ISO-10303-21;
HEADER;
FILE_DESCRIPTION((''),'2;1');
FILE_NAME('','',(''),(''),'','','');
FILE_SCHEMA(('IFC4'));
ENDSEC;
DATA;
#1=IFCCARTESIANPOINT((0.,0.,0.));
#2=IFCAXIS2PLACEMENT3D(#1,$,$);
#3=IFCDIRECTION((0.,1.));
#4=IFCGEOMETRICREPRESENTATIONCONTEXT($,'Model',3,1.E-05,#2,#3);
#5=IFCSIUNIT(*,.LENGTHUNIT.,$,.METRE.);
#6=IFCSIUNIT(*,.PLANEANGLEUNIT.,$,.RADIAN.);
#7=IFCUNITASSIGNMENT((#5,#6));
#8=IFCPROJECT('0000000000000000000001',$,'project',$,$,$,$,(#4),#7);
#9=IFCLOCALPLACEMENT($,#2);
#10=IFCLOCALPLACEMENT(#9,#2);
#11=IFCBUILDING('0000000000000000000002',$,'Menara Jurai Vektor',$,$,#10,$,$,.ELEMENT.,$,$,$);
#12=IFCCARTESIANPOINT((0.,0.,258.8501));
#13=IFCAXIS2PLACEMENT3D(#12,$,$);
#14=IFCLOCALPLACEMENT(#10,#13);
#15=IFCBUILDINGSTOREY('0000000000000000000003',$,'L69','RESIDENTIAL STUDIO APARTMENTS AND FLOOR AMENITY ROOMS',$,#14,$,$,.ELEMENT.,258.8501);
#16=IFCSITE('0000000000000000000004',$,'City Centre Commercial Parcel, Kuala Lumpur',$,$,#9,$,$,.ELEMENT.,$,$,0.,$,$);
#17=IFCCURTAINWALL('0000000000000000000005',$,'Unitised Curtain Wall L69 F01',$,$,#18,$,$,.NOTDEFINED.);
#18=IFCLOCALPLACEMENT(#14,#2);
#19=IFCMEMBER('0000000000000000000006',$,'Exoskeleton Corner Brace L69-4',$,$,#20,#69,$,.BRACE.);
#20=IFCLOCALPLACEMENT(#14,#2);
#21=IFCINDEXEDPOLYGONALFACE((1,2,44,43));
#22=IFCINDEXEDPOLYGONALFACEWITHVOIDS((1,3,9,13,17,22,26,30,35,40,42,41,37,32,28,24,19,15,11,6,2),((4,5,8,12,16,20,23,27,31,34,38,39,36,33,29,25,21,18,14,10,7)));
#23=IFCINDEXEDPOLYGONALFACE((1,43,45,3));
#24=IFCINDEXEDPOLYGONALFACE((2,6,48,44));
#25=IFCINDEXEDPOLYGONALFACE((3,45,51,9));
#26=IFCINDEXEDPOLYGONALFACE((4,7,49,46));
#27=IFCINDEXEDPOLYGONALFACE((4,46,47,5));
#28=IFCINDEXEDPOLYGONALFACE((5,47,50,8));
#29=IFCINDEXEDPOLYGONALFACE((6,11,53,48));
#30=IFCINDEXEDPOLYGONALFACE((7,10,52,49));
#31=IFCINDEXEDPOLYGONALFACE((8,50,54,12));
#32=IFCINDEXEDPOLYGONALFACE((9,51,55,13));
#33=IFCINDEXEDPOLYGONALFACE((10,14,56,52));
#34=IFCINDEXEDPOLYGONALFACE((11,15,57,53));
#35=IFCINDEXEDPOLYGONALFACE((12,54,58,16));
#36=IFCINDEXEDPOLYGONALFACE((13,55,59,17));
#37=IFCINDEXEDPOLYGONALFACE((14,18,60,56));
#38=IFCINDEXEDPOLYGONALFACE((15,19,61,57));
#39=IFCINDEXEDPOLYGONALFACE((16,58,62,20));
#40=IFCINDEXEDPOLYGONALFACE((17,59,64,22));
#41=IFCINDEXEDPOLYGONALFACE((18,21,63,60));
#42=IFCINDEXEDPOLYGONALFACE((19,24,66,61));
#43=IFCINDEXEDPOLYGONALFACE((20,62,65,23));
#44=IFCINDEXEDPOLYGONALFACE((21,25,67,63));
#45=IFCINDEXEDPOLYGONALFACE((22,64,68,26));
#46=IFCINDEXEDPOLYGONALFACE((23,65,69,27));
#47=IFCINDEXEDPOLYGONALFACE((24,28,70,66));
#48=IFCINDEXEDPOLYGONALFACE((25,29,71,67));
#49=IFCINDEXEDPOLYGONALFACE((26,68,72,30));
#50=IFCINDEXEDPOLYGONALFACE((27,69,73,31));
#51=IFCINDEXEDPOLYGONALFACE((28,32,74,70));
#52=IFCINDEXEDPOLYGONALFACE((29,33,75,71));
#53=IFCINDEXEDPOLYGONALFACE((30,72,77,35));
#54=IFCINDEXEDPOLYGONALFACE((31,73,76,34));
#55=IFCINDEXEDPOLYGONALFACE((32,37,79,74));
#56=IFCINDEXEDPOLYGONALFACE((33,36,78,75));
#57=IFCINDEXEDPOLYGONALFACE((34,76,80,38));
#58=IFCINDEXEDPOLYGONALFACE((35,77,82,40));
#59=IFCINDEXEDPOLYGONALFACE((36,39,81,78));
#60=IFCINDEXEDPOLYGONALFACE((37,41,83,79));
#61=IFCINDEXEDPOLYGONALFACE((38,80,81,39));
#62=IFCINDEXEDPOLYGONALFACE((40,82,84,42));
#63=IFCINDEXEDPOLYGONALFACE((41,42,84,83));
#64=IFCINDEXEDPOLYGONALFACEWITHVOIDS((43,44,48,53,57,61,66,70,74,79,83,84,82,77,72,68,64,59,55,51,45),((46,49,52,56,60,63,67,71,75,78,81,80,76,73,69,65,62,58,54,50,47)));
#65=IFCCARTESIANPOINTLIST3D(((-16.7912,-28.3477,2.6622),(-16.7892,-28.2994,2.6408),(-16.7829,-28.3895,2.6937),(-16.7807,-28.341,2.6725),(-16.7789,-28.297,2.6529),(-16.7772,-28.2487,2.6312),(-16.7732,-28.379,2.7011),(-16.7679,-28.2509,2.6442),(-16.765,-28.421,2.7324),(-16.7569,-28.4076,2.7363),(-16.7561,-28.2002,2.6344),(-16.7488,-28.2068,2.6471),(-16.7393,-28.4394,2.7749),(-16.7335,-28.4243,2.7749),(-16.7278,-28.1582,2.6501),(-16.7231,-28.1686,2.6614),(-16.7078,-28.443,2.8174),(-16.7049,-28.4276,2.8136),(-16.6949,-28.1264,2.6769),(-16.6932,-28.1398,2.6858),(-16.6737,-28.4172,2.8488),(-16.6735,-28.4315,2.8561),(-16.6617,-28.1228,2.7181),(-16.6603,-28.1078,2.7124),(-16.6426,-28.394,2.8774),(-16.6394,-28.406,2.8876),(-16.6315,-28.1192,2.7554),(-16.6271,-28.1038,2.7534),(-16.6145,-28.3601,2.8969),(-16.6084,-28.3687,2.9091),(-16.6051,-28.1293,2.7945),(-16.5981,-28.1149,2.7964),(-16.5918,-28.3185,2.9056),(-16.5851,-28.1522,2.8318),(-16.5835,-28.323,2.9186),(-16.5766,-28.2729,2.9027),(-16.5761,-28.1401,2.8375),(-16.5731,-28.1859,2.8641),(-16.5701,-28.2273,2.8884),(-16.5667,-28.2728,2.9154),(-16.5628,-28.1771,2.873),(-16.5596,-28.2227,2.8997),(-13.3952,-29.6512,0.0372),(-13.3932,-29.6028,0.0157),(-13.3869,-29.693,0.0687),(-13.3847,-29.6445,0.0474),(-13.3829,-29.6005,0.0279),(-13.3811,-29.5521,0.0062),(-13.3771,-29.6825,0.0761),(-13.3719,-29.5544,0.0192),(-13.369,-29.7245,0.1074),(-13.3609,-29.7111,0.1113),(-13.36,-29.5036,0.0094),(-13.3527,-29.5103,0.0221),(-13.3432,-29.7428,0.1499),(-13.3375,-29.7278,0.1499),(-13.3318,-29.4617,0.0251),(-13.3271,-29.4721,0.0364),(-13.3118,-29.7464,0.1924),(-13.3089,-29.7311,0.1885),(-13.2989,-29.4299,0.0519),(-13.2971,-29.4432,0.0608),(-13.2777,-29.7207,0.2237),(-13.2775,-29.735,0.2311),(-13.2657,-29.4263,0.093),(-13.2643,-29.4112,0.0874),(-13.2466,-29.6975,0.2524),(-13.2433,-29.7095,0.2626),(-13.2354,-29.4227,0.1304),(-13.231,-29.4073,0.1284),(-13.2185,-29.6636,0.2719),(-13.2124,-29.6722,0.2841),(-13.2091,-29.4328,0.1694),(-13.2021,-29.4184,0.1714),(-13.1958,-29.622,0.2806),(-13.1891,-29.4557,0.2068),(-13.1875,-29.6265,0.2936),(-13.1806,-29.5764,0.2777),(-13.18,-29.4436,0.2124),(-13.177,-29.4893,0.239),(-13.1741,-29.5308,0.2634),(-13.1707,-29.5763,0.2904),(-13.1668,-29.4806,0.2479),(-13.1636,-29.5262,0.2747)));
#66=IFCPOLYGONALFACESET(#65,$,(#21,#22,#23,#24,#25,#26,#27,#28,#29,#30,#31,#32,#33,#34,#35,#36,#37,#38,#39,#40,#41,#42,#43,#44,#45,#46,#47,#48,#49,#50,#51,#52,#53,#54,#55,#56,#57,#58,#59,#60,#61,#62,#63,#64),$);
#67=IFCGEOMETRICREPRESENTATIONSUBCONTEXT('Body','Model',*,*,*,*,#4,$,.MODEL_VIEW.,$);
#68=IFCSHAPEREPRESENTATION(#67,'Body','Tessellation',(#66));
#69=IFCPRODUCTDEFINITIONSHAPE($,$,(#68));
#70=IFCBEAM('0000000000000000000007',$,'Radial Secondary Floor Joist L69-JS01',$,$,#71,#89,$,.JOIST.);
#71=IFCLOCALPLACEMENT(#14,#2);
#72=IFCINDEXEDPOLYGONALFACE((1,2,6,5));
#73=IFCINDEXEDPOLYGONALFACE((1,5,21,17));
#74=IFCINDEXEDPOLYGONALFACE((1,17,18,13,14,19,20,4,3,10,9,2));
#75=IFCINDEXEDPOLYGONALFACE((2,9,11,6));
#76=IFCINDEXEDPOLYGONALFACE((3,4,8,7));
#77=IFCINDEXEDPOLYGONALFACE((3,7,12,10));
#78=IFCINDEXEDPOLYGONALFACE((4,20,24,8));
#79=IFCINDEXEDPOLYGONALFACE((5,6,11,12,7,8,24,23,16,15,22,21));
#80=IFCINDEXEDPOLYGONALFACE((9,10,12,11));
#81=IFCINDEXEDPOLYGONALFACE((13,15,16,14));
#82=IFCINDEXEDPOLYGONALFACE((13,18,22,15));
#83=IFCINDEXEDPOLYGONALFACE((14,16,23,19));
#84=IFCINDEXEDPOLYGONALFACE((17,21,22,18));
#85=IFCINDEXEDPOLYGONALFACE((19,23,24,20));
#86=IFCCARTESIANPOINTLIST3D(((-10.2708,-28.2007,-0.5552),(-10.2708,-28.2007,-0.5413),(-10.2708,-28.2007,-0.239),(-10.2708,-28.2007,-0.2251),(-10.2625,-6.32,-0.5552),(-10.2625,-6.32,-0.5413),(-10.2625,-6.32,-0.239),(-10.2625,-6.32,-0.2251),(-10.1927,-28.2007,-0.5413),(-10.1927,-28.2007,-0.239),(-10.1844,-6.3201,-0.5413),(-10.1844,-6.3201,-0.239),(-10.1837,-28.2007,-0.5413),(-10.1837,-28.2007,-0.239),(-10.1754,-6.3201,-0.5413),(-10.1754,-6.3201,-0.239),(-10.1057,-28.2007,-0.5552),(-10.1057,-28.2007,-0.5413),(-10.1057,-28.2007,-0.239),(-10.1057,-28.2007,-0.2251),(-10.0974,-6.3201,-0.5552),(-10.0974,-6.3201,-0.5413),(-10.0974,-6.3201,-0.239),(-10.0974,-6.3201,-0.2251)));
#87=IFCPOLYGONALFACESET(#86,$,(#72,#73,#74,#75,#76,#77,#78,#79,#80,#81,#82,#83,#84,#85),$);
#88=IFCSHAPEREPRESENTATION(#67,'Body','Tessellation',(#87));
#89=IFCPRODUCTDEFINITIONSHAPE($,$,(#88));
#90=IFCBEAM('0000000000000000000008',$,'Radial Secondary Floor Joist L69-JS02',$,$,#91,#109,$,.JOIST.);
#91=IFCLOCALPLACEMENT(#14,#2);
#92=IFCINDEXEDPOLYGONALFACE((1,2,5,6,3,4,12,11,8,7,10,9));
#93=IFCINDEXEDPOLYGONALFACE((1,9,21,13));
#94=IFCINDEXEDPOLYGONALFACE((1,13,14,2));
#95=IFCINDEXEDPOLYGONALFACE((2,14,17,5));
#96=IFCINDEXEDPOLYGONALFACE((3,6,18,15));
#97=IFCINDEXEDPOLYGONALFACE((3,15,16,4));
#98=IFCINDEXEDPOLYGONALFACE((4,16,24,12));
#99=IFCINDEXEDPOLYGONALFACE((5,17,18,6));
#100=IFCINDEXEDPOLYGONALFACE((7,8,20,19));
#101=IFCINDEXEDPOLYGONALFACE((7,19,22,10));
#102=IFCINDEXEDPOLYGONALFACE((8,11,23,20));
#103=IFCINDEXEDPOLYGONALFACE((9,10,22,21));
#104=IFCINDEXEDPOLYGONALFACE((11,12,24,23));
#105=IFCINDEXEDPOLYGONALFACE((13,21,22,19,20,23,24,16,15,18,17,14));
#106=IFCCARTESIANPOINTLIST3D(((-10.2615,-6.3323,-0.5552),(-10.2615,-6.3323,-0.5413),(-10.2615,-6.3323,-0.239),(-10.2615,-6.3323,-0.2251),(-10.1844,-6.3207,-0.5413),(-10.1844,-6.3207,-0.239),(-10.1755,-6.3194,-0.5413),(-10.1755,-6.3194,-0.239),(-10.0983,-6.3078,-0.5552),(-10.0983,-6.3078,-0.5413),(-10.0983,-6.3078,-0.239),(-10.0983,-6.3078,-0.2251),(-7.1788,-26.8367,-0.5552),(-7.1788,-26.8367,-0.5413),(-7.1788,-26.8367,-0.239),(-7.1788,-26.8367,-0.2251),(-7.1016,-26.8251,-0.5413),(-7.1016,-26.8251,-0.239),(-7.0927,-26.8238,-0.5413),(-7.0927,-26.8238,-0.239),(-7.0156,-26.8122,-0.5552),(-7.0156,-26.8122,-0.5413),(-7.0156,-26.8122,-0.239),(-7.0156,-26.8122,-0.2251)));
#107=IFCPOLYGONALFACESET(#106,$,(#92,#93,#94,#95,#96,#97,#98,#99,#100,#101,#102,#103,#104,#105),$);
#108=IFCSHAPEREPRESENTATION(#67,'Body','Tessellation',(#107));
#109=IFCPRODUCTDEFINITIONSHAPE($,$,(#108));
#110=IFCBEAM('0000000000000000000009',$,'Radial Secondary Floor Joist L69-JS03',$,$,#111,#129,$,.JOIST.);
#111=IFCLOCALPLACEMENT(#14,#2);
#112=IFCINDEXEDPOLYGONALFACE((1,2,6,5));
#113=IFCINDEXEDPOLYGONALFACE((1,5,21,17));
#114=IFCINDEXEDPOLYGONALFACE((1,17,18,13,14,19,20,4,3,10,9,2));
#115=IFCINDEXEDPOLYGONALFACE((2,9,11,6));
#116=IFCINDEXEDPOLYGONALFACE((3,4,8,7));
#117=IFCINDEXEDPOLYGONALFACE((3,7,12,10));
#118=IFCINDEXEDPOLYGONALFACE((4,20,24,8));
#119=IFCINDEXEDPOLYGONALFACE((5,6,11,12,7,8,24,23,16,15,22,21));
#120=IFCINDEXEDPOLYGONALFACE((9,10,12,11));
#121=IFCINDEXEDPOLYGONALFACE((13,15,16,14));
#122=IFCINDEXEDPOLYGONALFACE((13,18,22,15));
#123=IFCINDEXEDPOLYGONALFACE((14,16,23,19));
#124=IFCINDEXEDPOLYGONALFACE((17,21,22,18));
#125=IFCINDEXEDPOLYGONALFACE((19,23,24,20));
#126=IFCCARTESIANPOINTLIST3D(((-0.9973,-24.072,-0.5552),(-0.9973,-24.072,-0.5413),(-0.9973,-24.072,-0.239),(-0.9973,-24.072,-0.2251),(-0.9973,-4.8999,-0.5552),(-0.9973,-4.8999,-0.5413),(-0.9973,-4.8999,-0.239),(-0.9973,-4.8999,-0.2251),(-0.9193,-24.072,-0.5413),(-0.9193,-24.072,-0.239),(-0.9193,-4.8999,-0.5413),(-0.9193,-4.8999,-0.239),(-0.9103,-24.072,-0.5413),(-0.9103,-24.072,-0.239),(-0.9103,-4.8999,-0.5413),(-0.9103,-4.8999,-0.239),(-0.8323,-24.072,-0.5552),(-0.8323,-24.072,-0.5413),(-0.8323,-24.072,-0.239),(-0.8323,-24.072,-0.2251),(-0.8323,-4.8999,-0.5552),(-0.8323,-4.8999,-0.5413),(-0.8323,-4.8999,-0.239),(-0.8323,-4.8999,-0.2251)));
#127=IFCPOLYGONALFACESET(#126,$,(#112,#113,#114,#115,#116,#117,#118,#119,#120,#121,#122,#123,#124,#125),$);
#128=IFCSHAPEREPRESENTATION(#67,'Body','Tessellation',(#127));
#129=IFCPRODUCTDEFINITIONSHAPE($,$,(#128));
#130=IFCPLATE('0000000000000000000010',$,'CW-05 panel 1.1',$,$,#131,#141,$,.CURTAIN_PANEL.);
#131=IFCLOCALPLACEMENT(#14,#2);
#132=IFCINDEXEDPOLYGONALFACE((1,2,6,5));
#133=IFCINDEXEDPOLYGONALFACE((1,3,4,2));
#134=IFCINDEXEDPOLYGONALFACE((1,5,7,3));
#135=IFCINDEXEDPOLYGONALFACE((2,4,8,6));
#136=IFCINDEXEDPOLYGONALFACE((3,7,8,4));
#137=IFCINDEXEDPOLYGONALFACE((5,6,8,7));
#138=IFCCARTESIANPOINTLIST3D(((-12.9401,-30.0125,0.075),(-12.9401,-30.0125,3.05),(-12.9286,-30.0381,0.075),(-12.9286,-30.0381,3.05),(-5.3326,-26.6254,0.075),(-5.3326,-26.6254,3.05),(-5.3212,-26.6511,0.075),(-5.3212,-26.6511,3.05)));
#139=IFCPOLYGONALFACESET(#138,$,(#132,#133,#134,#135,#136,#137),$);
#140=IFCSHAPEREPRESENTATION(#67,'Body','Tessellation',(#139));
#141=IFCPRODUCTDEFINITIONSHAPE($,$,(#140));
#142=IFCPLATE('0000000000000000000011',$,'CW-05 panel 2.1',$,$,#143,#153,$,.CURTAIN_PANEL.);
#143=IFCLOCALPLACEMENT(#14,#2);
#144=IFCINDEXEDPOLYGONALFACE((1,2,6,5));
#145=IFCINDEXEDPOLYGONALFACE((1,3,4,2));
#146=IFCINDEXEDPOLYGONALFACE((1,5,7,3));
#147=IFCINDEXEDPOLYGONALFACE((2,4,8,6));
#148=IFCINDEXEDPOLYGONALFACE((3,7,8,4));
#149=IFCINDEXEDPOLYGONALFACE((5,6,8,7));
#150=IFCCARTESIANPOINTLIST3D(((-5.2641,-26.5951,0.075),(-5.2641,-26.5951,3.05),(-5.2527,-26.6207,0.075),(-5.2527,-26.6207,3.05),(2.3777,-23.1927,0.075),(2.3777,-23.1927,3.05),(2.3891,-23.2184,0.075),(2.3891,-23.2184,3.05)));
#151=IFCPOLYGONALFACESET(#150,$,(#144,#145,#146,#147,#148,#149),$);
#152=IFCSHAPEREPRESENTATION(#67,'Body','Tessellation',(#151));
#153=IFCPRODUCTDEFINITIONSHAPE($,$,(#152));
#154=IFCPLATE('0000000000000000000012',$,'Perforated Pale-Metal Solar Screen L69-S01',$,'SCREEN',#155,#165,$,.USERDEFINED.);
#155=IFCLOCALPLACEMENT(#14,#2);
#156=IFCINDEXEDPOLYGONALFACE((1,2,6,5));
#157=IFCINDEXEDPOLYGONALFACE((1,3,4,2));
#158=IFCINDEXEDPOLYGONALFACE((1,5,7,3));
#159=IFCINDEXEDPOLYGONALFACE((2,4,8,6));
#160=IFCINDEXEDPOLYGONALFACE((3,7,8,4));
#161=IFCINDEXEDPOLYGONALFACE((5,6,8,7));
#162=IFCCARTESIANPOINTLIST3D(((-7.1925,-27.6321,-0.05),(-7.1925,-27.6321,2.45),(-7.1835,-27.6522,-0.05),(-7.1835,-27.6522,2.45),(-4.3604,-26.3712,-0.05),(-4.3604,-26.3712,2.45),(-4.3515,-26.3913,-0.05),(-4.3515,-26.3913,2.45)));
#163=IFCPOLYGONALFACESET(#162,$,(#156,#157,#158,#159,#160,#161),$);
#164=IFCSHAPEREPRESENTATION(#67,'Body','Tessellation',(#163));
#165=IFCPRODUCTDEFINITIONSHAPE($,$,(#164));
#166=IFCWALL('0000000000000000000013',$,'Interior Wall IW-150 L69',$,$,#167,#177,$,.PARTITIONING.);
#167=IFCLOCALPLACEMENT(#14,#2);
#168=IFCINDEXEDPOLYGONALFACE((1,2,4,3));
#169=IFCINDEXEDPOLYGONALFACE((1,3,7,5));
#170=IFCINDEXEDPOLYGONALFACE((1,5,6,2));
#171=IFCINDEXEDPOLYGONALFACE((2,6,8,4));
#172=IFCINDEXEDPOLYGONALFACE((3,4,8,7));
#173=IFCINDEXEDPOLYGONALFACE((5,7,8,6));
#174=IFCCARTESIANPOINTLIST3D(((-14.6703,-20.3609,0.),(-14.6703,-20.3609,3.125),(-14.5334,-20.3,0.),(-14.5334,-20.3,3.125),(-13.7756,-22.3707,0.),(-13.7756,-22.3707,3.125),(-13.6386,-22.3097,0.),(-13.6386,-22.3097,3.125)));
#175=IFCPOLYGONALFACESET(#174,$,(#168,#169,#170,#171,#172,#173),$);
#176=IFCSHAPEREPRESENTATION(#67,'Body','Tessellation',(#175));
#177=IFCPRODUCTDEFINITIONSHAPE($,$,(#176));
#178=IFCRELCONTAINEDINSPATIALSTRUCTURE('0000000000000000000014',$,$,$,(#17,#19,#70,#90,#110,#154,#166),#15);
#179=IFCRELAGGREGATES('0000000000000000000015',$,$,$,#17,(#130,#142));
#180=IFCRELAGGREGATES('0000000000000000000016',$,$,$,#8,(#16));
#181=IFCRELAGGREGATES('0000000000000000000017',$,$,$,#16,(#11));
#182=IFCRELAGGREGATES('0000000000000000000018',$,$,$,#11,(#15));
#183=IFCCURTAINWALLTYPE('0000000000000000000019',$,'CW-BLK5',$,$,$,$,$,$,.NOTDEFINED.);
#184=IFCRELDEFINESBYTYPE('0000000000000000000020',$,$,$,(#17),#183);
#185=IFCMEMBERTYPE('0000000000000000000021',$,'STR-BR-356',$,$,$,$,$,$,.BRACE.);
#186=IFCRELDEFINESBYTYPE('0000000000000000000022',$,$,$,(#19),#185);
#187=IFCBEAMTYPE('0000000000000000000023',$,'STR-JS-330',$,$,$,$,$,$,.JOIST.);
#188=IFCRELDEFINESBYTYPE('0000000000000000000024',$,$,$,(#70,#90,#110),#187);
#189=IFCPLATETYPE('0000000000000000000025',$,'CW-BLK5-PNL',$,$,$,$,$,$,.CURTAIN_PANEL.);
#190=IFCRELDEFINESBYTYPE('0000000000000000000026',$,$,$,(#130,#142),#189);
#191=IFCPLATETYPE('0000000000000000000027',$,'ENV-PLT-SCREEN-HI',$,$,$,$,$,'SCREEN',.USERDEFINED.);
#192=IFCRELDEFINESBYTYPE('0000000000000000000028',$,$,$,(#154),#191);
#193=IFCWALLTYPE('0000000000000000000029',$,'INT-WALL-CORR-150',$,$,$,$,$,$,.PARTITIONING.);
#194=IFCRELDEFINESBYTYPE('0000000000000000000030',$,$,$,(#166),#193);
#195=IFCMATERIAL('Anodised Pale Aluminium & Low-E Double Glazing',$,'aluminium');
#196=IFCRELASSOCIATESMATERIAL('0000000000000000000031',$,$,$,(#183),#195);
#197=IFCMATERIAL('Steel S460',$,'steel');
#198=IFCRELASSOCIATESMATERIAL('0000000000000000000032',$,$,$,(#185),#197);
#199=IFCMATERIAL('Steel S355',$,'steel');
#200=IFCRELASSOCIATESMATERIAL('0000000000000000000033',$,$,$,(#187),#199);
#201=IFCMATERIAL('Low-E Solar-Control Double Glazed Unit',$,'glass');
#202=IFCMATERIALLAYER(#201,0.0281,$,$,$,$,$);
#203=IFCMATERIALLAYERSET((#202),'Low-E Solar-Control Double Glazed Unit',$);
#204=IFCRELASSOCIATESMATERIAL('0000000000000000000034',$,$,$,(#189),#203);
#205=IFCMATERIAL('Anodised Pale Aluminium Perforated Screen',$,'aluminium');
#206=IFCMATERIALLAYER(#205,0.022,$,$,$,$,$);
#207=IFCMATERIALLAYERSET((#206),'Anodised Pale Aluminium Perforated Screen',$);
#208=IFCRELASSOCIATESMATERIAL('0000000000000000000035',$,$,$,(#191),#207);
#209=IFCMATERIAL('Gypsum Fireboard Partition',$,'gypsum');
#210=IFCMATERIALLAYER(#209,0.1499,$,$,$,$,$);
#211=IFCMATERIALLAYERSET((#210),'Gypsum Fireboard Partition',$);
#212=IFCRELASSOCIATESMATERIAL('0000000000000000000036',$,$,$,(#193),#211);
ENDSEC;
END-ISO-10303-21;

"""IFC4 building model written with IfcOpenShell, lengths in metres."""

from ifc_helpers import new_model, si_unit, direction, frame, frame_2d, origin, origin_2d, place, context, subcontext, project, spatial, rectangle, hollow_circle, i_section, extrude, material, layer, layer_set, material_profile, profile_set, type_object, element, aggregate, save


model = new_model("IFC4")

# Units and contexts
model_context = context("Model", 3, precision=1e-05, world=origin(), true_north=direction((0.0, 1.0)))
body_context = subcontext(model_context, "Body", "Model", "MODEL_VIEW")
ifc_project = project(units=[si_unit("LENGTHUNIT", "METRE"), si_unit("PLANEANGLEUNIT", "RADIAN")], contexts=[model_context])

# Site, building, storey
site_placement = place(None, origin())
site = spatial("IfcSite", under=ifc_project, at=site_placement, Name="City Centre Commercial Parcel, Kuala Lumpur", CompositionType="ELEMENT", RefElevation=0.0)
building_placement = place(site_placement, origin())
building = spatial("IfcBuilding", under=site, at=building_placement, Name="Menara Jurai Vektor", CompositionType="ELEMENT")
storey_placement = place(building_placement, frame((0.0, 0.0, 258.8501)))
storey = spatial("IfcBuildingStorey", under=building, at=storey_placement, Name="L69", Description="RESIDENTIAL STUDIO APARTMENTS AND FLOOR AMENITY ROOMS", CompositionType="ELEMENT", Elevation=258.8501)

# Shared definitions
ifc_material_1 = material(Name="Steel S460", Category="steel")

# Curtain wall
ifc_material_2 = material(Name="Anodised Pale Aluminium & Low-E Double Glazing", Category="aluminium")
curtain_wall_type = type_object("IfcCurtainWallType", Name="CW-BLK5", PredefinedType="NOTDEFINED", material=ifc_material_2)
curtain_wall_1_placement = place(storey_placement, origin())
curtain_wall_1 = element("IfcCurtainWall", 1, at=curtain_wall_1_placement, inside=storey, type_object=curtain_wall_type, Name="Unitised Curtain Wall L69 F01", PredefinedType="NOTDEFINED")

# Shared definitions
ifc_material_3 = material(Name="Steel S355", Category="steel")

# Member
ifc_material_profile_1 = material_profile(ifc_material_1, hollow_circle(Radius=0.1777, WallThickness=0.0161, at=origin_2d()), Name="CHS 355.6x16")
ifc_profile_set_1 = profile_set([ifc_material_profile_1], Name="Steel S460")
member_type_1 = type_object("IfcMemberType", Name="STR-BR-356", PredefinedType="BRACE", material=ifc_profile_set_1)
member_1_placement = place(storey_placement, frame((-13.2795, -29.5769, 0.1499), z_axis=(-0.757054, 0.290576, 0.585179), x_axis=(-0.358336, -0.933593, 0.0)))
element("IfcMember", 2, at=member_1_placement, inside=storey, type_object=member_type_1, Name="Exoskeleton Corner Brace L69-4", PredefinedType="BRACE", context=body_context, shape_type="SweptSolid", body=[
    extrude(hollow_circle(Radius=0.1777, WallThickness=0.0161, at=origin_2d()), origin(), (0.0, 0.0, 1.0), 4.4858),
])

# Beams
ifc_material_profile_2 = material_profile(ifc_material_3, i_section(OverallWidth=0.165, OverallDepth=0.3301, WebThickness=0.009, FlangeThickness=0.0139, at=origin_2d()), Name="PG 330x165x46")
ifc_profile_set_2 = profile_set([ifc_material_profile_2], Name="Steel S355")
beam_type_1 = type_object("IfcBeamType", Name="STR-JS-330", PredefinedType="JOIST", material=ifc_profile_set_2)
beam_1_placement = place(storey_placement, frame((-10.1882, -28.2007, -0.3901), z_axis=(0.000379, 1.0, 0.0), x_axis=(-1.0, 0.000379, 0.0)))
element("IfcBeam", 3, at=beam_1_placement, inside=storey, type_object=beam_type_1, Name="Radial Secondary Floor Joist L69-JS01", PredefinedType="JOIST", context=body_context, shape_type="SweptSolid", body=[
    extrude(i_section(OverallWidth=0.165, OverallDepth=0.3301, WebThickness=0.009, FlangeThickness=0.0139, at=origin_2d()), origin(), (0.0, 0.0, 1.0), 21.8806),
])
beam_2_placement = place(storey_placement, frame((-7.0972, -26.8245, -0.3901), z_axis=(-0.148676, 0.988886, 0.0), x_axis=(-0.988886, -0.148676, 0.0)))
element("IfcBeam", 4, at=beam_2_placement, inside=storey, type_object=beam_type_1, Name="Radial Secondary Floor Joist L69-JS02", PredefinedType="JOIST", context=body_context, shape_type="SweptSolid", body=[
    extrude(i_section(OverallWidth=0.165, OverallDepth=0.3301, WebThickness=0.009, FlangeThickness=0.0139, at=origin_2d()), origin(), (0.0, 0.0, 1.0), 20.7349),
])
beam_3_placement = place(storey_placement, frame((-0.9148, -24.072, -0.3901), z_axis=(0.0, 1.0, 0.0), x_axis=(-1.0, 0.0, 0.0)))
element("IfcBeam", 5, at=beam_3_placement, inside=storey, type_object=beam_type_1, Name="Radial Secondary Floor Joist L69-JS03", PredefinedType="JOIST", context=body_context, shape_type="SweptSolid", body=[
    extrude(i_section(OverallWidth=0.165, OverallDepth=0.3301, WebThickness=0.009, FlangeThickness=0.0139, at=origin_2d()), origin(), (0.0, 0.0, 1.0), 19.1721),
])

# Plates
ifc_material_4 = material(Name="Low-E Solar-Control Double Glazed Unit", Category="glass")
ifc_layer_1 = layer(ifc_material_4, 0.0281)
ifc_layer_set_1 = layer_set([ifc_layer_1], Name="Low-E Solar-Control Double Glazed Unit")
plate_type_1 = type_object("IfcPlateType", Name="CW-BLK5-PNL", PredefinedType="CURTAIN_PANEL", material=ifc_layer_set_1)
plate_1_placement = place(storey_placement, frame((-9.1306, -28.3318, 0.075), z_axis=(0.0, 0.0, 1.0), x_axis=(0.913546, 0.406735, 0.0)))
plate_1 = element("IfcPlate", 6, at=plate_1_placement, type_object=plate_type_1, Name="CW-05 panel 1.1", PredefinedType="CURTAIN_PANEL", context=body_context, shape_type="SweptSolid", body=[
    extrude(rectangle(XDim=8.3274, YDim=0.0281, at=origin_2d()), origin(), (0.0, 0.0, 1.0), 2.9751),
])
plate_2_placement = place(storey_placement, frame((-1.4375, -24.9067, 0.075), z_axis=(0.0, 0.0, 1.0), x_axis=(0.913546, 0.406735, 0.0)))
plate_2 = element("IfcPlate", 7, at=plate_2_placement, type_object=plate_type_1, Name="CW-05 panel 2.1", PredefinedType="CURTAIN_PANEL", context=body_context, shape_type="SweptSolid", body=[
    extrude(rectangle(XDim=8.365, YDim=0.0281, at=origin_2d()), origin(), (0.0, 0.0, 1.0), 2.9751),
])
aggregate(curtain_wall_1, [plate_1, plate_2])
ifc_material_5 = material(Name="Anodised Pale Aluminium Perforated Screen", Category="aluminium")
ifc_layer_2 = layer(ifc_material_5, 0.022)
ifc_layer_set_2 = layer_set([ifc_layer_2], Name="Anodised Pale Aluminium Perforated Screen")
plate_type_2 = type_object("IfcPlateType", Name="ENV-PLT-SCREEN-HI", ElementType="SCREEN", PredefinedType="USERDEFINED", material=ifc_layer_set_2)
plate_3_placement = place(storey_placement, frame((-5.772, -27.0117, -0.05), z_axis=(0.0, 0.0, 1.0), x_axis=(0.913545, 0.406737, 0.0)))
element("IfcPlate", 8, at=plate_3_placement, inside=storey, type_object=plate_type_2, Name="Perforated Pale-Metal Solar Screen L69-S01", ObjectType="SCREEN", PredefinedType="USERDEFINED", context=body_context, shape_type="SweptSolid", body=[
    extrude(rectangle(XDim=3.1001, YDim=0.022, at=origin_2d()), origin(), (0.0, 0.0, 1.0), 2.5),
])

# Wall
ifc_material_6 = material(Name="Gypsum Fireboard Partition", Category="gypsum")
ifc_layer_3 = layer(ifc_material_6, 0.1499)
ifc_layer_set_3 = layer_set([ifc_layer_3], Name="Gypsum Fireboard Partition")
wall_type_1 = type_object("IfcWallType", Name="INT-WALL-CORR-150", PredefinedType="PARTITIONING", material=ifc_layer_set_3)
wall_1_placement = place(storey_placement, frame((-13.707, -22.3403, 0.0), z_axis=(0.0, 0.0, 1.0), x_axis=(-0.406725, 0.913551, 0.0)))
element("IfcWall", 9, at=wall_1_placement, inside=storey, type_object=wall_type_1, Name="Interior Wall IW-150 L69", PredefinedType="PARTITIONING", context=body_context, shape_type="SweptSolid", body=[
    extrude(rectangle(XDim=2.2, YDim=0.1499, at=frame_2d((1.1001, 0.0))), origin(), (0.0, 0.0, 1.0), 3.125),
])

save(model, "model.ifc")
